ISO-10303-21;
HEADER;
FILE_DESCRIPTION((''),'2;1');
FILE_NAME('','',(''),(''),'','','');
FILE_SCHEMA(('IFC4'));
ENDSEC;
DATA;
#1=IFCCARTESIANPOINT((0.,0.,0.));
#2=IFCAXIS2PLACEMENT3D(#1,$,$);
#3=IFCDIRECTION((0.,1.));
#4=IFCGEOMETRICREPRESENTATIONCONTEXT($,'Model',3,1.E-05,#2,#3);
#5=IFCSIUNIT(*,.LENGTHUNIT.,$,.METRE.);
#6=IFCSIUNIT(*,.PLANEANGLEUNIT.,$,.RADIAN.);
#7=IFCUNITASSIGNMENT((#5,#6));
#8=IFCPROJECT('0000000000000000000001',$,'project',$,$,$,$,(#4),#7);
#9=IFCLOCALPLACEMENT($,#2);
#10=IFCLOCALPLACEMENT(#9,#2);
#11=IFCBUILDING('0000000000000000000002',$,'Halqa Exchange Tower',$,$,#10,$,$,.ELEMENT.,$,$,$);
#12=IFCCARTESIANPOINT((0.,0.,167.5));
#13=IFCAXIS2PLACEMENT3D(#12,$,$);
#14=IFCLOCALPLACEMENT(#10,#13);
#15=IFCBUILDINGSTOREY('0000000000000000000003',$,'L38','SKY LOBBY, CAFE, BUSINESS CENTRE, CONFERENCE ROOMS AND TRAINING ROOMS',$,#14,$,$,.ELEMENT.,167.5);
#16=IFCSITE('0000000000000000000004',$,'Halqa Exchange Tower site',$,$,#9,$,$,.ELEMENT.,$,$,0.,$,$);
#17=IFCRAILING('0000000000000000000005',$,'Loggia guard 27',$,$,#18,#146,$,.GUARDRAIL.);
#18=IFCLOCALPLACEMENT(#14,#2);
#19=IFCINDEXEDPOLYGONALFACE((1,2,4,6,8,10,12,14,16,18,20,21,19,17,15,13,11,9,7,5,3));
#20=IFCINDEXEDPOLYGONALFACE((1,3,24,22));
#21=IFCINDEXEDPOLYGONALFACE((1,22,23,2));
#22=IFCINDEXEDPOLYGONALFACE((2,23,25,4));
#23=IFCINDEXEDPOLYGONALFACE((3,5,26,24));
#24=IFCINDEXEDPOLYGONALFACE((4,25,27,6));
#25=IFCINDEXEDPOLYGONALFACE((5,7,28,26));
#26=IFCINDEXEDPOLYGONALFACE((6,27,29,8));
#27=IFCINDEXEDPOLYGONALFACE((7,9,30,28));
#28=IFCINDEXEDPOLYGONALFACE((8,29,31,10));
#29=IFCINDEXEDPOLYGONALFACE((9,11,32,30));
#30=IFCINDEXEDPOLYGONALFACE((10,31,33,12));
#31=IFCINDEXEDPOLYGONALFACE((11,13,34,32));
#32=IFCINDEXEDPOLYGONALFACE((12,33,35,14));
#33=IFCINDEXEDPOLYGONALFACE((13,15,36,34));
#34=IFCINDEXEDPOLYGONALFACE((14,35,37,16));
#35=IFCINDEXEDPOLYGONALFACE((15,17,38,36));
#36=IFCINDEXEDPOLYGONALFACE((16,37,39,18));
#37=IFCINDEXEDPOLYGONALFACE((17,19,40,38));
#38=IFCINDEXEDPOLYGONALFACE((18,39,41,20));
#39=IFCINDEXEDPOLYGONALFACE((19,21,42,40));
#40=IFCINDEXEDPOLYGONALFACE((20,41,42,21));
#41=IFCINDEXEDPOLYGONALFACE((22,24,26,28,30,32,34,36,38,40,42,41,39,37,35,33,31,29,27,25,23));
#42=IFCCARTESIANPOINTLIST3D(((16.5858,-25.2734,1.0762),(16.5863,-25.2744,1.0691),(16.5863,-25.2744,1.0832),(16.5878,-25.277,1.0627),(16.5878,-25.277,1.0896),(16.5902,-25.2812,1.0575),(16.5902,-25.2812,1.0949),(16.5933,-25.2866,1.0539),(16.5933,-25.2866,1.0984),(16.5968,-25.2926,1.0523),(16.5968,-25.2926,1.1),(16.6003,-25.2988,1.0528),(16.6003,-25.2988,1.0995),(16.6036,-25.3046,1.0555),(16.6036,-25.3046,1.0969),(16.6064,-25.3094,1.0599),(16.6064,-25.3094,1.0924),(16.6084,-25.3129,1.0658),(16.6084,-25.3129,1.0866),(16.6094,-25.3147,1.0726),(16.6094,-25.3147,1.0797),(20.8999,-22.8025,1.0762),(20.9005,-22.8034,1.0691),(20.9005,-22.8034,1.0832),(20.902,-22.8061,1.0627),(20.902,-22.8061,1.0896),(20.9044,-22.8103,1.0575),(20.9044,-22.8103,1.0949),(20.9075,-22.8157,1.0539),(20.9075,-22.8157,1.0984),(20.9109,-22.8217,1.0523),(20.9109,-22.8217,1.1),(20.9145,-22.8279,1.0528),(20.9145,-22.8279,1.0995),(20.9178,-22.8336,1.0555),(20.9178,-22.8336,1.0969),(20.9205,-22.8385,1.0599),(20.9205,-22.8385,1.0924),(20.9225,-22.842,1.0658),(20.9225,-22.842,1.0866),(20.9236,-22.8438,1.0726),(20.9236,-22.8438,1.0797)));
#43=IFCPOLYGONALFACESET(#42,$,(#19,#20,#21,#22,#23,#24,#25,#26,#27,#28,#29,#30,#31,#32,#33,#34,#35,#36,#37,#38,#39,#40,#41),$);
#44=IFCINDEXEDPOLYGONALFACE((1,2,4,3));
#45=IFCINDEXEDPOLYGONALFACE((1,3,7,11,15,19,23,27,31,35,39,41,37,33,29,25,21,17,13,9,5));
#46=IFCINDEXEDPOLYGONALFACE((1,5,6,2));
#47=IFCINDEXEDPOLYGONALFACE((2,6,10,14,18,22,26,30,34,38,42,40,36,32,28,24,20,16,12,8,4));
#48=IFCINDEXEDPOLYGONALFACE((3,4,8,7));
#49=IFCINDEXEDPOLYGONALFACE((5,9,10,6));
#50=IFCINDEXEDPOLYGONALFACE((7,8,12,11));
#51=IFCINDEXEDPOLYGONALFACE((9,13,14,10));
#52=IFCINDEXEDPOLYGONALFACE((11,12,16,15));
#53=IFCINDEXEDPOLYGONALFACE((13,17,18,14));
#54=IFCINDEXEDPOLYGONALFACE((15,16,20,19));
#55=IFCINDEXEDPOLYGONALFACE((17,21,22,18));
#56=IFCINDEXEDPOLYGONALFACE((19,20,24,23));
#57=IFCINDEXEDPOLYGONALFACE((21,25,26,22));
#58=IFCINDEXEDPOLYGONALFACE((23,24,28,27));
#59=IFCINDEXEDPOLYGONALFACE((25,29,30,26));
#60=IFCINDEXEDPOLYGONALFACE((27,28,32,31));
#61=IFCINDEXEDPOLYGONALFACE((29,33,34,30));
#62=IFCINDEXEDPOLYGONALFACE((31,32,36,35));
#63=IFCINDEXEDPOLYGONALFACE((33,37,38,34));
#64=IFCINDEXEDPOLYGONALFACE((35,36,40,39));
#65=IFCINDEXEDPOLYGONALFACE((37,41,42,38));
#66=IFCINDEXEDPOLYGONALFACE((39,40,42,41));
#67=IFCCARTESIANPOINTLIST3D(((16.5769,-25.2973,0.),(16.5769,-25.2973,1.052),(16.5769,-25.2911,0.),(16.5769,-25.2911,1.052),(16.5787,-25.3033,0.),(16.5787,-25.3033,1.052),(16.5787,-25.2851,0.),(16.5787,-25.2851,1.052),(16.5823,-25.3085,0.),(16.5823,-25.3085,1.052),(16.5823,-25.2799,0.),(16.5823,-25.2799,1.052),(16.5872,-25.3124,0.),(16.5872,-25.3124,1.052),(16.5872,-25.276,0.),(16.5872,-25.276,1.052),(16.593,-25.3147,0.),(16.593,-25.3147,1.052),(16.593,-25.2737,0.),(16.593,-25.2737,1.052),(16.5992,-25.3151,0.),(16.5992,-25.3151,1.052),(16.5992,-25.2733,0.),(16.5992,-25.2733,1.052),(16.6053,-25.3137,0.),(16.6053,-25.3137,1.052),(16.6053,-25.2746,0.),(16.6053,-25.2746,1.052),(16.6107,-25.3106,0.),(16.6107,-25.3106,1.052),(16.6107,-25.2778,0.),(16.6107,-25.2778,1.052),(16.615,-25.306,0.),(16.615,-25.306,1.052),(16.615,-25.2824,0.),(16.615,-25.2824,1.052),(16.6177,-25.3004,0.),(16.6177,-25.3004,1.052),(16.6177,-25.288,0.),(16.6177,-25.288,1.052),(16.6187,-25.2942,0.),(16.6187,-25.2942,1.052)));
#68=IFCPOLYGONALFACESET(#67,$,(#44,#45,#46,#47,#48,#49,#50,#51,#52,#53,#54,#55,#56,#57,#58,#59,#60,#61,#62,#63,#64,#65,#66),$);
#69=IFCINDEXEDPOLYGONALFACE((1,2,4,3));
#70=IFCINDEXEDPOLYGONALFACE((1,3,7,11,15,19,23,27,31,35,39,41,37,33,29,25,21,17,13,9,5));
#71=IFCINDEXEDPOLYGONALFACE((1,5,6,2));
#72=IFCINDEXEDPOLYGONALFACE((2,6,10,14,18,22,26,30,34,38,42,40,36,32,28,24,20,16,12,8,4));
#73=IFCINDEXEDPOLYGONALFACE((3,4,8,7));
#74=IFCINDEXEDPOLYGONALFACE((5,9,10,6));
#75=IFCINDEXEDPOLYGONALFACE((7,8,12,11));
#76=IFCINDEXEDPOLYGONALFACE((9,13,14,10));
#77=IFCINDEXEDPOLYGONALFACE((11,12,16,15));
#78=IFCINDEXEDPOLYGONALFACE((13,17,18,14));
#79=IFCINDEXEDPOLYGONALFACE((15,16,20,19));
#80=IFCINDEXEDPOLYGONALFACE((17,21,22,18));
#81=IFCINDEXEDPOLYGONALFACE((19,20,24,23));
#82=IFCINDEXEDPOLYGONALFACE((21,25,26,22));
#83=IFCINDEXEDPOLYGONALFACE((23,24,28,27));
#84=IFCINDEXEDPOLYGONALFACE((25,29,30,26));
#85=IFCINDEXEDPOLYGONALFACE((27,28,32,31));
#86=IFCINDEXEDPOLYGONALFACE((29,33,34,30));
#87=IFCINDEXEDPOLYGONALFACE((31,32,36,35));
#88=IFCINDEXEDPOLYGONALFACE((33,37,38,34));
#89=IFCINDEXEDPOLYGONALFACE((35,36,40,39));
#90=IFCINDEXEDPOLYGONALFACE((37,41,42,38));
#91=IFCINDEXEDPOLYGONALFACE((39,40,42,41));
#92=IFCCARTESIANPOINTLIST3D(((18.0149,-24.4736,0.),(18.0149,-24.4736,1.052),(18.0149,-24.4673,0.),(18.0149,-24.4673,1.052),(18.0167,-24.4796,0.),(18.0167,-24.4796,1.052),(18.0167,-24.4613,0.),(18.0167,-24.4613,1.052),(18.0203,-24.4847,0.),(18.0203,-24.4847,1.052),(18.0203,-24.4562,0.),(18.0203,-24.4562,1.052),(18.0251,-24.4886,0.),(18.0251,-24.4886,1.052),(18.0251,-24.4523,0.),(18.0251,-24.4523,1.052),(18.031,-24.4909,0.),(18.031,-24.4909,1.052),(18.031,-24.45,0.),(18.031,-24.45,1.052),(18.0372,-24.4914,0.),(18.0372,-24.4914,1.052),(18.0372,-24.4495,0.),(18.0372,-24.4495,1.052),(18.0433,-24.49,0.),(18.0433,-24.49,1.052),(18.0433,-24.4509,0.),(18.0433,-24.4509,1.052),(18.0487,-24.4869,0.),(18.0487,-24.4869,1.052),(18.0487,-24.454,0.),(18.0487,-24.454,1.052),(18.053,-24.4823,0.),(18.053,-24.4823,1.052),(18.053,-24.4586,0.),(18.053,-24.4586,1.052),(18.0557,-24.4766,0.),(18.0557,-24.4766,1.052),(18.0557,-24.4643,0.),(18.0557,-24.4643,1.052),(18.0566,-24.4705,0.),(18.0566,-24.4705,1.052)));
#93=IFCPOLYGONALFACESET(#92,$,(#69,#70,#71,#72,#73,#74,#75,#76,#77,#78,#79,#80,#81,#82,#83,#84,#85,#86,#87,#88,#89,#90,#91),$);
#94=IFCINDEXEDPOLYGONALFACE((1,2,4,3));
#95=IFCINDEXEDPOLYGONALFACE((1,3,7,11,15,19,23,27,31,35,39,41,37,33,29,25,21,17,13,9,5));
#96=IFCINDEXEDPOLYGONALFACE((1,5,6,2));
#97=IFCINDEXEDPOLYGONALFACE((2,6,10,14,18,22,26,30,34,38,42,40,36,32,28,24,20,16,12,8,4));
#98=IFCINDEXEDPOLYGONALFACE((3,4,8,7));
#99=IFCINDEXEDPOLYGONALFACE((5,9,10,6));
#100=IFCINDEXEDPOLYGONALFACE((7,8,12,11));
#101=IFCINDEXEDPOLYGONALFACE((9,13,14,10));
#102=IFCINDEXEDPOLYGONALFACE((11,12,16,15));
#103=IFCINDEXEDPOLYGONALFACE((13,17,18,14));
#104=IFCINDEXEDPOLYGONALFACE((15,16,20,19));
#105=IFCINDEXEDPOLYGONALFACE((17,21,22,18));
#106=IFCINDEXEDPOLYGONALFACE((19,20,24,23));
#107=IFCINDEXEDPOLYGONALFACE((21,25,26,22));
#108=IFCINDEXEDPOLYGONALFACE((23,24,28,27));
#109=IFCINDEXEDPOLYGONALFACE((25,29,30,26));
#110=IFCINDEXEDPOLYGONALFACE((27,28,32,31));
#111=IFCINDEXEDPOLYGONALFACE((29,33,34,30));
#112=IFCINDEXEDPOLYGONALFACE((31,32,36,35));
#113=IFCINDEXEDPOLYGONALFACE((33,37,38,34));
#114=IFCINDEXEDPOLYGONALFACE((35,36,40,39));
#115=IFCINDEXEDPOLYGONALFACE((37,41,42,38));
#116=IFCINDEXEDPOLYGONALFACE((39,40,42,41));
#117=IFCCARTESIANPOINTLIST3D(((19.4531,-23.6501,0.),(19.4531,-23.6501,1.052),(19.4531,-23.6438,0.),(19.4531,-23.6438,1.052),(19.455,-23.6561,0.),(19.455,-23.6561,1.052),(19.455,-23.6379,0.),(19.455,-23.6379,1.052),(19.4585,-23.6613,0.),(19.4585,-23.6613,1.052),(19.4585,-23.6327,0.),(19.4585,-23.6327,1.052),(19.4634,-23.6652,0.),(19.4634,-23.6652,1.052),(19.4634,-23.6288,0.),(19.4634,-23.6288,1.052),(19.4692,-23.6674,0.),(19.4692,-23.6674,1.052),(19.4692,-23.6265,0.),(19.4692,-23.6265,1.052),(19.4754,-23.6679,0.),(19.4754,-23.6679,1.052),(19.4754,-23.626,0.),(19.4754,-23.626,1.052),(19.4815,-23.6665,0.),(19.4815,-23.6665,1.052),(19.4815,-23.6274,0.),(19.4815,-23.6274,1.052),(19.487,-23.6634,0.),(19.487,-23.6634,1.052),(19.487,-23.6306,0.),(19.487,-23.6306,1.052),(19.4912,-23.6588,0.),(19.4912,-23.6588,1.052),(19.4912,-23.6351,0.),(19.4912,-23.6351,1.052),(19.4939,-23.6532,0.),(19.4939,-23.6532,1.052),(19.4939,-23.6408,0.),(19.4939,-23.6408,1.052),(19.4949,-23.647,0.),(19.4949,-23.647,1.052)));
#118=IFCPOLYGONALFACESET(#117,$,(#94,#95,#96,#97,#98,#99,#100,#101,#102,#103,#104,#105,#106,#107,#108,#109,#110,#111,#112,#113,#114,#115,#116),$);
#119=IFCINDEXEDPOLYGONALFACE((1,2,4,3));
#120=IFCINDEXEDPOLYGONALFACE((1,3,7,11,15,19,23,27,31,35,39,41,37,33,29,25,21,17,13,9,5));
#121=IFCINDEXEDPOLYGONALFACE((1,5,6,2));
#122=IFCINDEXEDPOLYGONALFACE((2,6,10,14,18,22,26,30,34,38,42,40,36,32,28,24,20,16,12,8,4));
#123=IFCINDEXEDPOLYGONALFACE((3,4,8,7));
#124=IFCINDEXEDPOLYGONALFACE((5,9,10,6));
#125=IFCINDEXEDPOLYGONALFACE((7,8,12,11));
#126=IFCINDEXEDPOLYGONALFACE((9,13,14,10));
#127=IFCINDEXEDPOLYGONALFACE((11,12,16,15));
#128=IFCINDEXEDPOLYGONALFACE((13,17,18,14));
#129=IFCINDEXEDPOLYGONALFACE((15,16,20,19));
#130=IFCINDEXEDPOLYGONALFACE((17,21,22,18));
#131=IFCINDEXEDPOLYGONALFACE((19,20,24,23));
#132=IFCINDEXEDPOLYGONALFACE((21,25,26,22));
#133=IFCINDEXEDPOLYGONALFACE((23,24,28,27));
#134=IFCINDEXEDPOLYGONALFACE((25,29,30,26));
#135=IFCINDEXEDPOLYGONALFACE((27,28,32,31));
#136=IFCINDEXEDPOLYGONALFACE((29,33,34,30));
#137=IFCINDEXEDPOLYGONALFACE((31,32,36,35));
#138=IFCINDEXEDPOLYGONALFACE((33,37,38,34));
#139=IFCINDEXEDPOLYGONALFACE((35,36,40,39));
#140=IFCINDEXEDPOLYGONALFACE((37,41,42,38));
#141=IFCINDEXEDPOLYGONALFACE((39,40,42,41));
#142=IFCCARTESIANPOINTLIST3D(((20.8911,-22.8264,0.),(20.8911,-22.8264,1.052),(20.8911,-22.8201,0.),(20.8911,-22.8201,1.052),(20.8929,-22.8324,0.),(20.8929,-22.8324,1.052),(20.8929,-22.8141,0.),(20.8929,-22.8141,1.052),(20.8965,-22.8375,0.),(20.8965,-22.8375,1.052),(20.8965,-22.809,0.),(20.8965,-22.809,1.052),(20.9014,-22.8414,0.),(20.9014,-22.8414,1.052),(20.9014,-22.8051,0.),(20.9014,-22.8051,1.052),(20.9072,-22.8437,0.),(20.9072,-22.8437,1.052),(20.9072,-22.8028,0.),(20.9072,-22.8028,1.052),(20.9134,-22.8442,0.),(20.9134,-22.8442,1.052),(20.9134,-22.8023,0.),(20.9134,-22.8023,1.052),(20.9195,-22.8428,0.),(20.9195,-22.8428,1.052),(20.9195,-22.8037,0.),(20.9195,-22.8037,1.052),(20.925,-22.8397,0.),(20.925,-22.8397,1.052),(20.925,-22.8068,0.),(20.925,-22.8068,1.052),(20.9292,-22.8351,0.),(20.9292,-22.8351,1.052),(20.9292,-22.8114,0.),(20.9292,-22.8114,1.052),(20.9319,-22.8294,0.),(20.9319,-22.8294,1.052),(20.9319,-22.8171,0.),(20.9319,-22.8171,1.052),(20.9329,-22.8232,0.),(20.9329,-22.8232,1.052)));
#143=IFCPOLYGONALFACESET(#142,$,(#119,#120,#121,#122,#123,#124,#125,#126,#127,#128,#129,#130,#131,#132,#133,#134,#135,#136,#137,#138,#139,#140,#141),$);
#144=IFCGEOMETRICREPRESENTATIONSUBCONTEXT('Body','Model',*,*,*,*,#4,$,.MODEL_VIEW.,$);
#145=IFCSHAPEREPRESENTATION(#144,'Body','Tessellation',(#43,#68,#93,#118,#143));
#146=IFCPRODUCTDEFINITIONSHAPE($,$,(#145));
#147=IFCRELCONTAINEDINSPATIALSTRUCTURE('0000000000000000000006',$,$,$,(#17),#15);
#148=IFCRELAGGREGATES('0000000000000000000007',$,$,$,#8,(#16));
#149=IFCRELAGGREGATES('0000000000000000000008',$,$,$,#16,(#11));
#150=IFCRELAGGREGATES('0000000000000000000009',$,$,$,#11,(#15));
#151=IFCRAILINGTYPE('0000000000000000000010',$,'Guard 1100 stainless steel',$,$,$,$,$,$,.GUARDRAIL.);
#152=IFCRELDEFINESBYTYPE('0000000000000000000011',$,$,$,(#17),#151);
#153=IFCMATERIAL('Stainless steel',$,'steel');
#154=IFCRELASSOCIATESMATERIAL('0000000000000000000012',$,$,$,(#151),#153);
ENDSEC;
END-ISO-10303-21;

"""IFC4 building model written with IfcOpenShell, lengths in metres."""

from ifc_helpers import new_model, si_unit, direction, frame, origin, origin_2d, place, context, subcontext, project, spatial, circle, extrude, material, type_object, element, save


model = new_model("IFC4")

# Units and contexts
model_context = context("Model", 3, precision=1e-05, world=origin(), true_north=direction((0.0, 1.0)))
body_context = subcontext(model_context, "Body", "Model", "MODEL_VIEW")
ifc_project = project(units=[si_unit("LENGTHUNIT", "METRE"), si_unit("PLANEANGLEUNIT", "RADIAN")], contexts=[model_context])

# Site, building, storey
site_placement = place(None, origin())
site = spatial("IfcSite", under=ifc_project, at=site_placement, Name="Halqa Exchange Tower site", CompositionType="ELEMENT", RefElevation=0.0)
building_placement = place(site_placement, origin())
building = spatial("IfcBuilding", under=site, at=building_placement, Name="Halqa Exchange Tower", CompositionType="ELEMENT")
storey_placement = place(building_placement, frame((0.0, 0.0, 167.5)))
storey = spatial("IfcBuildingStorey", under=building, at=storey_placement, Name="L38", Description="SKY LOBBY, CAFE, BUSINESS CENTRE, CONFERENCE ROOMS AND TRAINING ROOMS", CompositionType="ELEMENT", Elevation=167.5)

# Railing
ifc_material_1 = material(Name="Stainless steel", Category="steel")
railing_type = type_object("IfcRailingType", Name="Guard 1100 stainless steel", PredefinedType="GUARDRAIL", material=ifc_material_1)
railing_1_placement = place(storey_placement, frame((16.5977, -25.2942, 0.0)))
element("IfcRailing", 1, at=railing_1_placement, inside=storey, type_object=railing_type, Name="Loggia guard 27", PredefinedType="GUARDRAIL", context=body_context, shape_type="SweptSolid", body=[
    extrude(circle(Radius=0.0239, at=origin_2d()), frame((0.0, 0.0, 1.0762), z_axis=(0.86775, 0.497001, 0.0), x_axis=(-0.497001, 0.86775, 0.0)), (0.0, 0.0, 1.0), 4.9717),
    extrude(circle(Radius=0.021, at=origin_2d()), origin(), (0.0, 0.0, 1.0), 1.052),
    extrude(circle(Radius=0.021, at=origin_2d()), frame((1.438, 0.8237, 0.0)), (0.0, 0.0, 1.0), 1.052),
    extrude(circle(Radius=0.021, at=origin_2d()), frame((2.8762, 1.6472, 0.0)), (0.0, 0.0, 1.0), 1.052),
    extrude(circle(Radius=0.021, at=origin_2d()), frame((4.3142, 2.4709, 0.0)), (0.0, 0.0, 1.0), 1.052),
])

save(model, "model.ifc")
